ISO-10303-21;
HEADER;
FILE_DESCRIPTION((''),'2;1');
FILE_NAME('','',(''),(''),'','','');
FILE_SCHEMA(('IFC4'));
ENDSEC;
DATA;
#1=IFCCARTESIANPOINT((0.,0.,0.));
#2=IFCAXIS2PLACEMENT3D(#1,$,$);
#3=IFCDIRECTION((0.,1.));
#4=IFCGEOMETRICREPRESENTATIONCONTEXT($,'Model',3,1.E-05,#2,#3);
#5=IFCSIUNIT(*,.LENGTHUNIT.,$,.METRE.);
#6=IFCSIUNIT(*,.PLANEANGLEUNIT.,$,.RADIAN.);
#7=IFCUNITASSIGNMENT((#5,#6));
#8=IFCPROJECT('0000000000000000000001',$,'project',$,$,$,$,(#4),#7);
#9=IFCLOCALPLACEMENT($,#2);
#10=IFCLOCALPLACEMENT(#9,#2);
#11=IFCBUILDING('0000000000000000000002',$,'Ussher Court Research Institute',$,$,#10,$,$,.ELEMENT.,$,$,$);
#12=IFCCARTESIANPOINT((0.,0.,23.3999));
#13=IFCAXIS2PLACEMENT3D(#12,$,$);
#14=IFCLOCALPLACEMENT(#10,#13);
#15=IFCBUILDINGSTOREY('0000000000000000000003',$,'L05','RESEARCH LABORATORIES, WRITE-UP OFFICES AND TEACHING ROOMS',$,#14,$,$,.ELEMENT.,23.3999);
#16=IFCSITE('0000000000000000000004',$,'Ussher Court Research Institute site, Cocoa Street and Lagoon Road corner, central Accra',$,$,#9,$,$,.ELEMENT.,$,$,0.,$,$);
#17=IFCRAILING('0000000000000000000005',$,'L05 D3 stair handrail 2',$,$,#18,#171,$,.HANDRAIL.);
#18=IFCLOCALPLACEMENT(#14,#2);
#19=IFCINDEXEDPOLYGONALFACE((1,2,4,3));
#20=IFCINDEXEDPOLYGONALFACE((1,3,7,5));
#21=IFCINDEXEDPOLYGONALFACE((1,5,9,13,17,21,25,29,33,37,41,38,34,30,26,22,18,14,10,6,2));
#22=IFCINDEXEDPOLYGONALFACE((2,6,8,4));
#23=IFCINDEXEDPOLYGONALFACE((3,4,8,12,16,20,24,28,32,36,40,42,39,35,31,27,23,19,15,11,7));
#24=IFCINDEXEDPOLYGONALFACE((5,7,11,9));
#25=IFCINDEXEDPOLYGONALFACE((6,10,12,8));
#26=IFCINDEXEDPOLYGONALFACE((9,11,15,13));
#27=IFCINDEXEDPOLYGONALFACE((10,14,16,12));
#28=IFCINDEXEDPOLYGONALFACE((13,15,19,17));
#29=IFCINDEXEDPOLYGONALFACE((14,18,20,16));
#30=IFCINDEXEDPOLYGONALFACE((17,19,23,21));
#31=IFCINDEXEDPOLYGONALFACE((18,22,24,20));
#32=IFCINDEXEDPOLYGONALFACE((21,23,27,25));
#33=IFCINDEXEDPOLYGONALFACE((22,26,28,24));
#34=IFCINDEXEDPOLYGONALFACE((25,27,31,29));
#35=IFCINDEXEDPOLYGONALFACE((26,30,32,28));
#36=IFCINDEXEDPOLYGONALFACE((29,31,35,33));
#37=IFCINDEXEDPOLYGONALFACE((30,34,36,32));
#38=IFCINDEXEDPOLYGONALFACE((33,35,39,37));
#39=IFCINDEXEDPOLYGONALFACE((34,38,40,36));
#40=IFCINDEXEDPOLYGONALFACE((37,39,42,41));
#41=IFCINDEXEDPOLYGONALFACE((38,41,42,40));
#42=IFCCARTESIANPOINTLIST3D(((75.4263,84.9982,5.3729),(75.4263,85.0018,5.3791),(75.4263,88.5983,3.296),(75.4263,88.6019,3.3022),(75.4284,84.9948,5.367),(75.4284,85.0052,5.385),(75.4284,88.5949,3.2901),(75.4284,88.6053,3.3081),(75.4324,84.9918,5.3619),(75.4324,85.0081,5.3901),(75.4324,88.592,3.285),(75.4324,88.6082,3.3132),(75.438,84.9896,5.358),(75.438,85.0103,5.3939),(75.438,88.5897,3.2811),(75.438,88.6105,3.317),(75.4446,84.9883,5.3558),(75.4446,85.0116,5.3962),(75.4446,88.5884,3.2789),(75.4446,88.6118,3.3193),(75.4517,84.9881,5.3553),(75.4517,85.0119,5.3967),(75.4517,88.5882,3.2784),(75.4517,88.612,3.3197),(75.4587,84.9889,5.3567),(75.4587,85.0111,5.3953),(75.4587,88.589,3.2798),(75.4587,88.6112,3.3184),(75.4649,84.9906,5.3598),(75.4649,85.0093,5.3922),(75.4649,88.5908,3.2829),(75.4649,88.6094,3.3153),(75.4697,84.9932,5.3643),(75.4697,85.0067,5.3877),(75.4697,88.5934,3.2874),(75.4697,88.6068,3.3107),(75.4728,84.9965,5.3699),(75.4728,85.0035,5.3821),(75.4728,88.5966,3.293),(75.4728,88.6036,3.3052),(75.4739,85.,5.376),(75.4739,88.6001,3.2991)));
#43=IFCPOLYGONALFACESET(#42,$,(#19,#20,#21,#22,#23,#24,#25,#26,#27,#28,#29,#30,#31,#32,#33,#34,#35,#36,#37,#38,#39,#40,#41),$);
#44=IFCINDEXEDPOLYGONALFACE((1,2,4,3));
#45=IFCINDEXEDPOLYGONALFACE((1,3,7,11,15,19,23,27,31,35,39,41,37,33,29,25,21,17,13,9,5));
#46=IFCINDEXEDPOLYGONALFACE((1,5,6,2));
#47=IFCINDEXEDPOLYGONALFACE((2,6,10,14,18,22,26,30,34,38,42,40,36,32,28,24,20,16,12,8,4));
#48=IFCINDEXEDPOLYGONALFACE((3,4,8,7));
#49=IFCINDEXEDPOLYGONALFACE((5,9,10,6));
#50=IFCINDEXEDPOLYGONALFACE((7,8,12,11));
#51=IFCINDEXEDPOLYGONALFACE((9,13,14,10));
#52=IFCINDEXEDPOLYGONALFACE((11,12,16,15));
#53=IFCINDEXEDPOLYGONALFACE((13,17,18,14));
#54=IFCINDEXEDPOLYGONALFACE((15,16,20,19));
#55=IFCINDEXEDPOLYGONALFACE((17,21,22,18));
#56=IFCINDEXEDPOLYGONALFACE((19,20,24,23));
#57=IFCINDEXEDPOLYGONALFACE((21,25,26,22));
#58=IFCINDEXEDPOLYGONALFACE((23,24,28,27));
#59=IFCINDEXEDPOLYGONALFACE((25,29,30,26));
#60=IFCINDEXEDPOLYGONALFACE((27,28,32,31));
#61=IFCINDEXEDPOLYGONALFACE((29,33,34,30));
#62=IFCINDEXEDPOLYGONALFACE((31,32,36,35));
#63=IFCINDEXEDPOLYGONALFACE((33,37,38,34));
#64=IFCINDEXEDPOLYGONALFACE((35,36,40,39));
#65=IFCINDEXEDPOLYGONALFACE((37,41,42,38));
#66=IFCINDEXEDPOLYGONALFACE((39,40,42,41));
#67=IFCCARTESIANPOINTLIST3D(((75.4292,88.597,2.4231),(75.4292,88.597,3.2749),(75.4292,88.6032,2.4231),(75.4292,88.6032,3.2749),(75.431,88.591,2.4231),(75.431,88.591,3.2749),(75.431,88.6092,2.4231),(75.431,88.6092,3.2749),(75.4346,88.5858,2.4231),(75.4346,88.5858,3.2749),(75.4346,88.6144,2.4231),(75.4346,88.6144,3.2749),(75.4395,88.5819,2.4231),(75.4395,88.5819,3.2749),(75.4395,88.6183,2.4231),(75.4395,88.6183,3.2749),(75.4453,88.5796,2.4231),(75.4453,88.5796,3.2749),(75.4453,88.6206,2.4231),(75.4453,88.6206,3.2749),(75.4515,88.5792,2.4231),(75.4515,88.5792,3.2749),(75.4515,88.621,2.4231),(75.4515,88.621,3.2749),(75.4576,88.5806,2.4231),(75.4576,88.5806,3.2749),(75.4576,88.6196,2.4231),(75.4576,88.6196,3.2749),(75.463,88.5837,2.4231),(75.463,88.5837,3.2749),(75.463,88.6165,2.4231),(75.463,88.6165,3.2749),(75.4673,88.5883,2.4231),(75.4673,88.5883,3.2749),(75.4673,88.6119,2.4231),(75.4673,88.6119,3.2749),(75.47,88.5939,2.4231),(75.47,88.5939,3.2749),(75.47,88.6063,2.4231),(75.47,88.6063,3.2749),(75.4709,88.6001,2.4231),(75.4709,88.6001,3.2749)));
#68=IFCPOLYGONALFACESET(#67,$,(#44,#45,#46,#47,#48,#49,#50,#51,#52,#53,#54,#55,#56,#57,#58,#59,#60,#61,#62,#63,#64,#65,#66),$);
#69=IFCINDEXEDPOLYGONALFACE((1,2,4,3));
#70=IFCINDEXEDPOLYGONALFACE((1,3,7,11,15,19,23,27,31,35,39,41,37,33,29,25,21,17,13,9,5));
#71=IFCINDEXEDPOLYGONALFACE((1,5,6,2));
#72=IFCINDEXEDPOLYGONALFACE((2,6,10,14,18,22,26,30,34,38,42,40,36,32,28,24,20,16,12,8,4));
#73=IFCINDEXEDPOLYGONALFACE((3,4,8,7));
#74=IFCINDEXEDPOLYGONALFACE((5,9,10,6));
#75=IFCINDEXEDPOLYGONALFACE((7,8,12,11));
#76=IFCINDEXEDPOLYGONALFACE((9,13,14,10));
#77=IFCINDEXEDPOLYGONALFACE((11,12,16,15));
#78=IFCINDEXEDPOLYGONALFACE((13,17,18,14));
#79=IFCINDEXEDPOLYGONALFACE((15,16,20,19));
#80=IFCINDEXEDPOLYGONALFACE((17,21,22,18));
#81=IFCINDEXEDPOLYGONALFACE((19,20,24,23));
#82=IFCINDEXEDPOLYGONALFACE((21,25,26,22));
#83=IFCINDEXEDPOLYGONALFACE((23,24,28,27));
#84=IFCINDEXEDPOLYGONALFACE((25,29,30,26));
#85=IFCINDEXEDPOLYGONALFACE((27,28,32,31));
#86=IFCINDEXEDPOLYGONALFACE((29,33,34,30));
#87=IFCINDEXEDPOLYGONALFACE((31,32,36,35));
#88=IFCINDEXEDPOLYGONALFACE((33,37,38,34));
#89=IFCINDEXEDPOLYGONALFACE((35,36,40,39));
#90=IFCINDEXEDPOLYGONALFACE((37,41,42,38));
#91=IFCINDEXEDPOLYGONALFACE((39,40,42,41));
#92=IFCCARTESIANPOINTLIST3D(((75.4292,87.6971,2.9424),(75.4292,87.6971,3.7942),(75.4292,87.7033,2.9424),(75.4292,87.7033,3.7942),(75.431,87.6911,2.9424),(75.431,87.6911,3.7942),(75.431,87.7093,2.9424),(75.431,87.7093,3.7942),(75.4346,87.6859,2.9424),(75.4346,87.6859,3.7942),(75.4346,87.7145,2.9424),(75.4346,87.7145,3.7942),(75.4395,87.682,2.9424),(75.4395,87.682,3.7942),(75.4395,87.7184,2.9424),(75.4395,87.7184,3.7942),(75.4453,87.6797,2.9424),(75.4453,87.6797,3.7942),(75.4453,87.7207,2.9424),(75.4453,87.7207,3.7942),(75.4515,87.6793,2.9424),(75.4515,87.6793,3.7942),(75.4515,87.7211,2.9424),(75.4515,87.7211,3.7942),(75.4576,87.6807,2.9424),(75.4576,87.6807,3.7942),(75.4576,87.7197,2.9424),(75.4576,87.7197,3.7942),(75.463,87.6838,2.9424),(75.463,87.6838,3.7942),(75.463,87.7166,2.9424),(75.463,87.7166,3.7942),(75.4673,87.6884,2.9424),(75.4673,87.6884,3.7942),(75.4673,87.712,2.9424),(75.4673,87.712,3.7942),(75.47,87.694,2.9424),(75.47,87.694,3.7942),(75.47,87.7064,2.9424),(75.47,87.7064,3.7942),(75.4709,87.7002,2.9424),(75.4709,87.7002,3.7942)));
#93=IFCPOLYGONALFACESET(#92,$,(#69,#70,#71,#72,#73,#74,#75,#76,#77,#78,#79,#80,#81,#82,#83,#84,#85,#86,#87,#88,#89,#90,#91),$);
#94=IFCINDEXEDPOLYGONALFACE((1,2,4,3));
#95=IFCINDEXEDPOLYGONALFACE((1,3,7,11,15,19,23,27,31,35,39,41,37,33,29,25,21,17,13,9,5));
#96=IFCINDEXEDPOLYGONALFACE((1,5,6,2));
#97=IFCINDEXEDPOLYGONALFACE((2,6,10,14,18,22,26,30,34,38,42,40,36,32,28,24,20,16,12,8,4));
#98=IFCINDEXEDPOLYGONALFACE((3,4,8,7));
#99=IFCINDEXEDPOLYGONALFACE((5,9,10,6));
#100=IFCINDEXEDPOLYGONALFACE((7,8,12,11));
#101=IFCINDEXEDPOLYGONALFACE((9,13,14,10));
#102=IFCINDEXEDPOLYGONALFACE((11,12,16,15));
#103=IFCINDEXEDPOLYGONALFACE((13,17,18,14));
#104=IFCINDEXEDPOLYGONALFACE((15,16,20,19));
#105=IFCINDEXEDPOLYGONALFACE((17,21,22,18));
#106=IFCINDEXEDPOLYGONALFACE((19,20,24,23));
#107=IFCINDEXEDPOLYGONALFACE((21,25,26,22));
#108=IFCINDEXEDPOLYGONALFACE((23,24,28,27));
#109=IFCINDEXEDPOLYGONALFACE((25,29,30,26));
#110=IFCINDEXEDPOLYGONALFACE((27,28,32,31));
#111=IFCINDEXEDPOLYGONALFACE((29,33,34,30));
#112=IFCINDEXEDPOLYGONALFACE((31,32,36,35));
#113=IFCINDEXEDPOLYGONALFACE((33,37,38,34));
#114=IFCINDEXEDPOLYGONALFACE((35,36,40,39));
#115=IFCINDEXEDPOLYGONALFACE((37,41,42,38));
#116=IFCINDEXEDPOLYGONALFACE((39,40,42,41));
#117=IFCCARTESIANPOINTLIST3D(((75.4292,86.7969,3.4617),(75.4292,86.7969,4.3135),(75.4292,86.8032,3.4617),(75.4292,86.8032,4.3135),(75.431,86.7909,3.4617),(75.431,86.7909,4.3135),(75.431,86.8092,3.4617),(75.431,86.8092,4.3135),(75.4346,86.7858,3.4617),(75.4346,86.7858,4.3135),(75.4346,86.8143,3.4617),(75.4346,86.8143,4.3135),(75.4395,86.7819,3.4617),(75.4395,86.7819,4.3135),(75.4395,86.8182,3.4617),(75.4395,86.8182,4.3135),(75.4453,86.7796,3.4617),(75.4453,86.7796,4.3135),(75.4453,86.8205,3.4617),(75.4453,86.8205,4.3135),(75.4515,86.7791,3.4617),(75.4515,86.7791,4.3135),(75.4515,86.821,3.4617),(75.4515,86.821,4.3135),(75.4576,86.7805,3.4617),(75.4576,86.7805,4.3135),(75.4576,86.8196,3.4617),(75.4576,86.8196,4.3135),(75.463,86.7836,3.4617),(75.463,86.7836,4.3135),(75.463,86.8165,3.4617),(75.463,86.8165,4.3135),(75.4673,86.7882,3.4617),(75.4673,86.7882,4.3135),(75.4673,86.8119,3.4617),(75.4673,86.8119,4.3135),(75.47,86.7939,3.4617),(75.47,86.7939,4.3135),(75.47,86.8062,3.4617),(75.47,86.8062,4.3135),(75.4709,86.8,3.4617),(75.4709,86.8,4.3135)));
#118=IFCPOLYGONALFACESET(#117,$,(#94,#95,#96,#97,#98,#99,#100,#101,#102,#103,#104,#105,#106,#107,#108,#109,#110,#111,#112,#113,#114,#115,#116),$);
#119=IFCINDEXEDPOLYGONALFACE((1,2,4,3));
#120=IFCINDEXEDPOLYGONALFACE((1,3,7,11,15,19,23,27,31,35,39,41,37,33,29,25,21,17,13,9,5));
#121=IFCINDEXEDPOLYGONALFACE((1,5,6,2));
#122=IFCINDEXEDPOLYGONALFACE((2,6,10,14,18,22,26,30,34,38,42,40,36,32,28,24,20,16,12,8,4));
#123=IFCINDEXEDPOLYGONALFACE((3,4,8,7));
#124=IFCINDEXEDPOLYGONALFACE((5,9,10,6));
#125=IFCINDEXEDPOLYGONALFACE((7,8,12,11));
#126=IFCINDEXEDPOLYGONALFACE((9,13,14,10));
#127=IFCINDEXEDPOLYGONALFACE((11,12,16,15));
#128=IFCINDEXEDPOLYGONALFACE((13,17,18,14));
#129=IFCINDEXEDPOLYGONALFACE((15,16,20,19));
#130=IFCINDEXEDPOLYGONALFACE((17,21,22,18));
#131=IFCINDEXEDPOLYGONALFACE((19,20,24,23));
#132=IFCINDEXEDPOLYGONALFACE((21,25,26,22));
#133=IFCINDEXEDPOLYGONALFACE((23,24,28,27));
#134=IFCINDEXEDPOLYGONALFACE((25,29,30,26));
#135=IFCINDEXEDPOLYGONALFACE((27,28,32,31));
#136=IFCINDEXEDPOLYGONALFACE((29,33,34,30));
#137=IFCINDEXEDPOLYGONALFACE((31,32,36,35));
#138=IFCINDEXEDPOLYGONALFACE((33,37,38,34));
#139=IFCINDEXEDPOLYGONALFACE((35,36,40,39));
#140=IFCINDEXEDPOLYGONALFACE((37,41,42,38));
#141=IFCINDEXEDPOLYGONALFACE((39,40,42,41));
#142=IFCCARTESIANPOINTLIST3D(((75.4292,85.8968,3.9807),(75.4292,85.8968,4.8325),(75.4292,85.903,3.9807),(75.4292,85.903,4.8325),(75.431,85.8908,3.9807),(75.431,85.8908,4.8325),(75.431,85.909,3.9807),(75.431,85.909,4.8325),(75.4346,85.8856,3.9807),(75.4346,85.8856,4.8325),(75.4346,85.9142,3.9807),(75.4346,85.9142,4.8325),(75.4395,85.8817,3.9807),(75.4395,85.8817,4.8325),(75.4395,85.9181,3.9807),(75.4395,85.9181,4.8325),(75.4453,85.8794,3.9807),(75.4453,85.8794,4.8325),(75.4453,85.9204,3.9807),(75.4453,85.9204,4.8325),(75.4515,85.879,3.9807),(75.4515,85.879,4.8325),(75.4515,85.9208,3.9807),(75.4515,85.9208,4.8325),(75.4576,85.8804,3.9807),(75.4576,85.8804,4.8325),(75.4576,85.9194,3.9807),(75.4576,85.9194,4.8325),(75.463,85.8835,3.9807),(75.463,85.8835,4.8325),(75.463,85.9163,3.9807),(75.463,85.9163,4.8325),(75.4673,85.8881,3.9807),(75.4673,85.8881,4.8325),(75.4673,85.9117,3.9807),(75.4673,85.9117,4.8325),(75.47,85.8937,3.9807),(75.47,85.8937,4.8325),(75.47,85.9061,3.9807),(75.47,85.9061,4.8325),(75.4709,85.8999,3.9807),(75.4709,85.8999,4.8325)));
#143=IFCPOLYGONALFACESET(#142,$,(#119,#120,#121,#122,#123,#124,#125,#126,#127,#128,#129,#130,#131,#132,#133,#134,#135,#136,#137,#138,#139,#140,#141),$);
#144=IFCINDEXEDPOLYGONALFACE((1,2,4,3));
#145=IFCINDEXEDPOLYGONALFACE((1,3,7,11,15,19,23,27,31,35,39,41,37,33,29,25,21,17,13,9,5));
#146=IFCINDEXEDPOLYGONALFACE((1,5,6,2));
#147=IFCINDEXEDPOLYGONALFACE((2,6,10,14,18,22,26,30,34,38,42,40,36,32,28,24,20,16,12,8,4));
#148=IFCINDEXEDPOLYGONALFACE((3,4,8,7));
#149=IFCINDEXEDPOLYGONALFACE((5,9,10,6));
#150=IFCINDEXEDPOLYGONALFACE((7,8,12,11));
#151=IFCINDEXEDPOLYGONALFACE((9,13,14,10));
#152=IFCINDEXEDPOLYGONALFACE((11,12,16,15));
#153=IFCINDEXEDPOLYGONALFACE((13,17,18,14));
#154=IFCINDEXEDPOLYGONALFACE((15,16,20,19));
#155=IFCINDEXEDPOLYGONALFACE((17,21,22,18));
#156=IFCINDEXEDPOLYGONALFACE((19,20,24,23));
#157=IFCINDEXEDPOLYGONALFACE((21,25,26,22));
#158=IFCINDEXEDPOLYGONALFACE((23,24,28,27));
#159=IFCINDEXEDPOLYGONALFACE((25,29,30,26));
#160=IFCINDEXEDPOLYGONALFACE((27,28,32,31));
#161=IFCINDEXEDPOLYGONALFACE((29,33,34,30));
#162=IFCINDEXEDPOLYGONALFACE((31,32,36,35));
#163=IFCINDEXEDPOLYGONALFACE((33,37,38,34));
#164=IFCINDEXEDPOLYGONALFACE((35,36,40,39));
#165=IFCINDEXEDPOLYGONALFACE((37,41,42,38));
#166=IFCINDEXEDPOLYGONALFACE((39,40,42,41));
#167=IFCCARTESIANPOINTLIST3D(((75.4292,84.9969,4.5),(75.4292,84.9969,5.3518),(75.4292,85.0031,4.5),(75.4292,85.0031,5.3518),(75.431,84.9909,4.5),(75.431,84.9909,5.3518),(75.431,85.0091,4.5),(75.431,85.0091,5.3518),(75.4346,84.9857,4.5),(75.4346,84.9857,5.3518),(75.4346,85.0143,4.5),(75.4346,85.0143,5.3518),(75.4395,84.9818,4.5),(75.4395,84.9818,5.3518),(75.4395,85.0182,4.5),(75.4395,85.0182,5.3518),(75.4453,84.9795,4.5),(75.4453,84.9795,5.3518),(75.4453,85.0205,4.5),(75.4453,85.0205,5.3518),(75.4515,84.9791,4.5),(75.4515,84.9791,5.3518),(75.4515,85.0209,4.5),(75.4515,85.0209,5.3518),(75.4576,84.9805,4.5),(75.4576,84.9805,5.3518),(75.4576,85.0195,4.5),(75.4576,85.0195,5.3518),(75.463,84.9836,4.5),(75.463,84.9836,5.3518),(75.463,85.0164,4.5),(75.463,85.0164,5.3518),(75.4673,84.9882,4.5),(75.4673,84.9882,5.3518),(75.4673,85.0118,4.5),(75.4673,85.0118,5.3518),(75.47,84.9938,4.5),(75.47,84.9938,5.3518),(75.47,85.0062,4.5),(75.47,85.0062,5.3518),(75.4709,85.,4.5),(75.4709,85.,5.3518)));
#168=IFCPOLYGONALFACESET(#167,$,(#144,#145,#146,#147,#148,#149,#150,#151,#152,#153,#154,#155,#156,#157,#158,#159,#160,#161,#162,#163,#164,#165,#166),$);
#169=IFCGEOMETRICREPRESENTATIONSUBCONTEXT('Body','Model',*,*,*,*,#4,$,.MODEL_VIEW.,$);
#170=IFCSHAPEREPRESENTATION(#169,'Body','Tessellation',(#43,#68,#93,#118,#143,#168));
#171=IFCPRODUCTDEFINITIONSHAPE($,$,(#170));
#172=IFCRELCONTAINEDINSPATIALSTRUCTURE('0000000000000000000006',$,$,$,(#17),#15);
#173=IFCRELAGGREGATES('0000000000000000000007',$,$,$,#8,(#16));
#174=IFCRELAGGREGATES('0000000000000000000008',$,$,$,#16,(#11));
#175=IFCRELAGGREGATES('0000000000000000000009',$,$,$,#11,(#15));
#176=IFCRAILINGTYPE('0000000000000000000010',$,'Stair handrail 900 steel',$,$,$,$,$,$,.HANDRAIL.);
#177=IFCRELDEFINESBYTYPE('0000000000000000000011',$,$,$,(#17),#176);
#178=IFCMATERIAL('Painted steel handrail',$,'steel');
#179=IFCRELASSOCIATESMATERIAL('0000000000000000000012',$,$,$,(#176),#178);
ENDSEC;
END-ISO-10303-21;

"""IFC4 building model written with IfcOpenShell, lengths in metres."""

from ifc_helpers import new_model, si_unit, direction, frame, origin, origin_2d, place, context, subcontext, project, spatial, circle, extrude, material, type_object, element, save


model = new_model("IFC4")

# Units and contexts
model_context = context("Model", 3, precision=1e-05, world=origin(), true_north=direction((0.0, 1.0)))
body_context = subcontext(model_context, "Body", "Model", "MODEL_VIEW")
ifc_project = project(units=[si_unit("LENGTHUNIT", "METRE"), si_unit("PLANEANGLEUNIT", "RADIAN")], contexts=[model_context])

# Site, building, storey
site_placement = place(None, origin())
site = spatial("IfcSite", under=ifc_project, at=site_placement, Name="Ussher Court Research Institute site, Cocoa Street and Lagoon Road corner, central Accra", CompositionType="ELEMENT", RefElevation=0.0)
building_placement = place(site_placement, origin())
building = spatial("IfcBuilding", under=site, at=building_placement, Name="Ussher Court Research Institute", CompositionType="ELEMENT")
storey_placement = place(building_placement, frame((0.0, 0.0, 23.3999)))
storey = spatial("IfcBuildingStorey", under=building, at=storey_placement, Name="L05", Description="RESEARCH LABORATORIES, WRITE-UP OFFICES AND TEACHING ROOMS", CompositionType="ELEMENT", Elevation=23.3999)

# Railing
ifc_material_1 = material(Name="Painted steel handrail", Category="steel")
railing_type_1 = type_object("IfcRailingType", Name="Stair handrail 900 steel", PredefinedType="HANDRAIL", material=ifc_material_1)
railing_1_placement = place(storey_placement, frame((75.45, 88.6001, 2.4231)))
element("IfcRailing", 1, at=railing_1_placement, inside=storey, type_object=railing_type_1, Name="L05 D3 stair handrail 2", PredefinedType="HANDRAIL", context=body_context, shape_type="SweptSolid", body=[
    extrude(circle(Radius=0.0239, at=origin_2d()), frame((0.0, 0.0, 0.876), z_axis=(0.0, -0.866193, 0.499709), x_axis=(1.0, 0.0, 0.0)), (0.0, 0.0, 1.0), 4.1562),
    extrude(circle(Radius=0.021, at=origin_2d()), origin(), (0.0, 0.0, 1.0), 0.8518),
    extrude(circle(Radius=0.021, at=origin_2d()), frame((0.0, -0.8999, 0.5193)), (0.0, 0.0, 1.0), 0.8518),
    extrude(circle(Radius=0.021, at=origin_2d()), frame((0.0, -1.8, 1.0386)), (0.0, 0.0, 1.0), 0.8518),
    extrude(circle(Radius=0.021, at=origin_2d()), frame((0.0, -2.7002, 1.5576)), (0.0, 0.0, 1.0), 0.8518),
    extrude(circle(Radius=0.021, at=origin_2d()), frame((0.0, -3.6001, 2.0769)), (0.0, 0.0, 1.0), 0.8518),
])

save(model, "model.ifc")
